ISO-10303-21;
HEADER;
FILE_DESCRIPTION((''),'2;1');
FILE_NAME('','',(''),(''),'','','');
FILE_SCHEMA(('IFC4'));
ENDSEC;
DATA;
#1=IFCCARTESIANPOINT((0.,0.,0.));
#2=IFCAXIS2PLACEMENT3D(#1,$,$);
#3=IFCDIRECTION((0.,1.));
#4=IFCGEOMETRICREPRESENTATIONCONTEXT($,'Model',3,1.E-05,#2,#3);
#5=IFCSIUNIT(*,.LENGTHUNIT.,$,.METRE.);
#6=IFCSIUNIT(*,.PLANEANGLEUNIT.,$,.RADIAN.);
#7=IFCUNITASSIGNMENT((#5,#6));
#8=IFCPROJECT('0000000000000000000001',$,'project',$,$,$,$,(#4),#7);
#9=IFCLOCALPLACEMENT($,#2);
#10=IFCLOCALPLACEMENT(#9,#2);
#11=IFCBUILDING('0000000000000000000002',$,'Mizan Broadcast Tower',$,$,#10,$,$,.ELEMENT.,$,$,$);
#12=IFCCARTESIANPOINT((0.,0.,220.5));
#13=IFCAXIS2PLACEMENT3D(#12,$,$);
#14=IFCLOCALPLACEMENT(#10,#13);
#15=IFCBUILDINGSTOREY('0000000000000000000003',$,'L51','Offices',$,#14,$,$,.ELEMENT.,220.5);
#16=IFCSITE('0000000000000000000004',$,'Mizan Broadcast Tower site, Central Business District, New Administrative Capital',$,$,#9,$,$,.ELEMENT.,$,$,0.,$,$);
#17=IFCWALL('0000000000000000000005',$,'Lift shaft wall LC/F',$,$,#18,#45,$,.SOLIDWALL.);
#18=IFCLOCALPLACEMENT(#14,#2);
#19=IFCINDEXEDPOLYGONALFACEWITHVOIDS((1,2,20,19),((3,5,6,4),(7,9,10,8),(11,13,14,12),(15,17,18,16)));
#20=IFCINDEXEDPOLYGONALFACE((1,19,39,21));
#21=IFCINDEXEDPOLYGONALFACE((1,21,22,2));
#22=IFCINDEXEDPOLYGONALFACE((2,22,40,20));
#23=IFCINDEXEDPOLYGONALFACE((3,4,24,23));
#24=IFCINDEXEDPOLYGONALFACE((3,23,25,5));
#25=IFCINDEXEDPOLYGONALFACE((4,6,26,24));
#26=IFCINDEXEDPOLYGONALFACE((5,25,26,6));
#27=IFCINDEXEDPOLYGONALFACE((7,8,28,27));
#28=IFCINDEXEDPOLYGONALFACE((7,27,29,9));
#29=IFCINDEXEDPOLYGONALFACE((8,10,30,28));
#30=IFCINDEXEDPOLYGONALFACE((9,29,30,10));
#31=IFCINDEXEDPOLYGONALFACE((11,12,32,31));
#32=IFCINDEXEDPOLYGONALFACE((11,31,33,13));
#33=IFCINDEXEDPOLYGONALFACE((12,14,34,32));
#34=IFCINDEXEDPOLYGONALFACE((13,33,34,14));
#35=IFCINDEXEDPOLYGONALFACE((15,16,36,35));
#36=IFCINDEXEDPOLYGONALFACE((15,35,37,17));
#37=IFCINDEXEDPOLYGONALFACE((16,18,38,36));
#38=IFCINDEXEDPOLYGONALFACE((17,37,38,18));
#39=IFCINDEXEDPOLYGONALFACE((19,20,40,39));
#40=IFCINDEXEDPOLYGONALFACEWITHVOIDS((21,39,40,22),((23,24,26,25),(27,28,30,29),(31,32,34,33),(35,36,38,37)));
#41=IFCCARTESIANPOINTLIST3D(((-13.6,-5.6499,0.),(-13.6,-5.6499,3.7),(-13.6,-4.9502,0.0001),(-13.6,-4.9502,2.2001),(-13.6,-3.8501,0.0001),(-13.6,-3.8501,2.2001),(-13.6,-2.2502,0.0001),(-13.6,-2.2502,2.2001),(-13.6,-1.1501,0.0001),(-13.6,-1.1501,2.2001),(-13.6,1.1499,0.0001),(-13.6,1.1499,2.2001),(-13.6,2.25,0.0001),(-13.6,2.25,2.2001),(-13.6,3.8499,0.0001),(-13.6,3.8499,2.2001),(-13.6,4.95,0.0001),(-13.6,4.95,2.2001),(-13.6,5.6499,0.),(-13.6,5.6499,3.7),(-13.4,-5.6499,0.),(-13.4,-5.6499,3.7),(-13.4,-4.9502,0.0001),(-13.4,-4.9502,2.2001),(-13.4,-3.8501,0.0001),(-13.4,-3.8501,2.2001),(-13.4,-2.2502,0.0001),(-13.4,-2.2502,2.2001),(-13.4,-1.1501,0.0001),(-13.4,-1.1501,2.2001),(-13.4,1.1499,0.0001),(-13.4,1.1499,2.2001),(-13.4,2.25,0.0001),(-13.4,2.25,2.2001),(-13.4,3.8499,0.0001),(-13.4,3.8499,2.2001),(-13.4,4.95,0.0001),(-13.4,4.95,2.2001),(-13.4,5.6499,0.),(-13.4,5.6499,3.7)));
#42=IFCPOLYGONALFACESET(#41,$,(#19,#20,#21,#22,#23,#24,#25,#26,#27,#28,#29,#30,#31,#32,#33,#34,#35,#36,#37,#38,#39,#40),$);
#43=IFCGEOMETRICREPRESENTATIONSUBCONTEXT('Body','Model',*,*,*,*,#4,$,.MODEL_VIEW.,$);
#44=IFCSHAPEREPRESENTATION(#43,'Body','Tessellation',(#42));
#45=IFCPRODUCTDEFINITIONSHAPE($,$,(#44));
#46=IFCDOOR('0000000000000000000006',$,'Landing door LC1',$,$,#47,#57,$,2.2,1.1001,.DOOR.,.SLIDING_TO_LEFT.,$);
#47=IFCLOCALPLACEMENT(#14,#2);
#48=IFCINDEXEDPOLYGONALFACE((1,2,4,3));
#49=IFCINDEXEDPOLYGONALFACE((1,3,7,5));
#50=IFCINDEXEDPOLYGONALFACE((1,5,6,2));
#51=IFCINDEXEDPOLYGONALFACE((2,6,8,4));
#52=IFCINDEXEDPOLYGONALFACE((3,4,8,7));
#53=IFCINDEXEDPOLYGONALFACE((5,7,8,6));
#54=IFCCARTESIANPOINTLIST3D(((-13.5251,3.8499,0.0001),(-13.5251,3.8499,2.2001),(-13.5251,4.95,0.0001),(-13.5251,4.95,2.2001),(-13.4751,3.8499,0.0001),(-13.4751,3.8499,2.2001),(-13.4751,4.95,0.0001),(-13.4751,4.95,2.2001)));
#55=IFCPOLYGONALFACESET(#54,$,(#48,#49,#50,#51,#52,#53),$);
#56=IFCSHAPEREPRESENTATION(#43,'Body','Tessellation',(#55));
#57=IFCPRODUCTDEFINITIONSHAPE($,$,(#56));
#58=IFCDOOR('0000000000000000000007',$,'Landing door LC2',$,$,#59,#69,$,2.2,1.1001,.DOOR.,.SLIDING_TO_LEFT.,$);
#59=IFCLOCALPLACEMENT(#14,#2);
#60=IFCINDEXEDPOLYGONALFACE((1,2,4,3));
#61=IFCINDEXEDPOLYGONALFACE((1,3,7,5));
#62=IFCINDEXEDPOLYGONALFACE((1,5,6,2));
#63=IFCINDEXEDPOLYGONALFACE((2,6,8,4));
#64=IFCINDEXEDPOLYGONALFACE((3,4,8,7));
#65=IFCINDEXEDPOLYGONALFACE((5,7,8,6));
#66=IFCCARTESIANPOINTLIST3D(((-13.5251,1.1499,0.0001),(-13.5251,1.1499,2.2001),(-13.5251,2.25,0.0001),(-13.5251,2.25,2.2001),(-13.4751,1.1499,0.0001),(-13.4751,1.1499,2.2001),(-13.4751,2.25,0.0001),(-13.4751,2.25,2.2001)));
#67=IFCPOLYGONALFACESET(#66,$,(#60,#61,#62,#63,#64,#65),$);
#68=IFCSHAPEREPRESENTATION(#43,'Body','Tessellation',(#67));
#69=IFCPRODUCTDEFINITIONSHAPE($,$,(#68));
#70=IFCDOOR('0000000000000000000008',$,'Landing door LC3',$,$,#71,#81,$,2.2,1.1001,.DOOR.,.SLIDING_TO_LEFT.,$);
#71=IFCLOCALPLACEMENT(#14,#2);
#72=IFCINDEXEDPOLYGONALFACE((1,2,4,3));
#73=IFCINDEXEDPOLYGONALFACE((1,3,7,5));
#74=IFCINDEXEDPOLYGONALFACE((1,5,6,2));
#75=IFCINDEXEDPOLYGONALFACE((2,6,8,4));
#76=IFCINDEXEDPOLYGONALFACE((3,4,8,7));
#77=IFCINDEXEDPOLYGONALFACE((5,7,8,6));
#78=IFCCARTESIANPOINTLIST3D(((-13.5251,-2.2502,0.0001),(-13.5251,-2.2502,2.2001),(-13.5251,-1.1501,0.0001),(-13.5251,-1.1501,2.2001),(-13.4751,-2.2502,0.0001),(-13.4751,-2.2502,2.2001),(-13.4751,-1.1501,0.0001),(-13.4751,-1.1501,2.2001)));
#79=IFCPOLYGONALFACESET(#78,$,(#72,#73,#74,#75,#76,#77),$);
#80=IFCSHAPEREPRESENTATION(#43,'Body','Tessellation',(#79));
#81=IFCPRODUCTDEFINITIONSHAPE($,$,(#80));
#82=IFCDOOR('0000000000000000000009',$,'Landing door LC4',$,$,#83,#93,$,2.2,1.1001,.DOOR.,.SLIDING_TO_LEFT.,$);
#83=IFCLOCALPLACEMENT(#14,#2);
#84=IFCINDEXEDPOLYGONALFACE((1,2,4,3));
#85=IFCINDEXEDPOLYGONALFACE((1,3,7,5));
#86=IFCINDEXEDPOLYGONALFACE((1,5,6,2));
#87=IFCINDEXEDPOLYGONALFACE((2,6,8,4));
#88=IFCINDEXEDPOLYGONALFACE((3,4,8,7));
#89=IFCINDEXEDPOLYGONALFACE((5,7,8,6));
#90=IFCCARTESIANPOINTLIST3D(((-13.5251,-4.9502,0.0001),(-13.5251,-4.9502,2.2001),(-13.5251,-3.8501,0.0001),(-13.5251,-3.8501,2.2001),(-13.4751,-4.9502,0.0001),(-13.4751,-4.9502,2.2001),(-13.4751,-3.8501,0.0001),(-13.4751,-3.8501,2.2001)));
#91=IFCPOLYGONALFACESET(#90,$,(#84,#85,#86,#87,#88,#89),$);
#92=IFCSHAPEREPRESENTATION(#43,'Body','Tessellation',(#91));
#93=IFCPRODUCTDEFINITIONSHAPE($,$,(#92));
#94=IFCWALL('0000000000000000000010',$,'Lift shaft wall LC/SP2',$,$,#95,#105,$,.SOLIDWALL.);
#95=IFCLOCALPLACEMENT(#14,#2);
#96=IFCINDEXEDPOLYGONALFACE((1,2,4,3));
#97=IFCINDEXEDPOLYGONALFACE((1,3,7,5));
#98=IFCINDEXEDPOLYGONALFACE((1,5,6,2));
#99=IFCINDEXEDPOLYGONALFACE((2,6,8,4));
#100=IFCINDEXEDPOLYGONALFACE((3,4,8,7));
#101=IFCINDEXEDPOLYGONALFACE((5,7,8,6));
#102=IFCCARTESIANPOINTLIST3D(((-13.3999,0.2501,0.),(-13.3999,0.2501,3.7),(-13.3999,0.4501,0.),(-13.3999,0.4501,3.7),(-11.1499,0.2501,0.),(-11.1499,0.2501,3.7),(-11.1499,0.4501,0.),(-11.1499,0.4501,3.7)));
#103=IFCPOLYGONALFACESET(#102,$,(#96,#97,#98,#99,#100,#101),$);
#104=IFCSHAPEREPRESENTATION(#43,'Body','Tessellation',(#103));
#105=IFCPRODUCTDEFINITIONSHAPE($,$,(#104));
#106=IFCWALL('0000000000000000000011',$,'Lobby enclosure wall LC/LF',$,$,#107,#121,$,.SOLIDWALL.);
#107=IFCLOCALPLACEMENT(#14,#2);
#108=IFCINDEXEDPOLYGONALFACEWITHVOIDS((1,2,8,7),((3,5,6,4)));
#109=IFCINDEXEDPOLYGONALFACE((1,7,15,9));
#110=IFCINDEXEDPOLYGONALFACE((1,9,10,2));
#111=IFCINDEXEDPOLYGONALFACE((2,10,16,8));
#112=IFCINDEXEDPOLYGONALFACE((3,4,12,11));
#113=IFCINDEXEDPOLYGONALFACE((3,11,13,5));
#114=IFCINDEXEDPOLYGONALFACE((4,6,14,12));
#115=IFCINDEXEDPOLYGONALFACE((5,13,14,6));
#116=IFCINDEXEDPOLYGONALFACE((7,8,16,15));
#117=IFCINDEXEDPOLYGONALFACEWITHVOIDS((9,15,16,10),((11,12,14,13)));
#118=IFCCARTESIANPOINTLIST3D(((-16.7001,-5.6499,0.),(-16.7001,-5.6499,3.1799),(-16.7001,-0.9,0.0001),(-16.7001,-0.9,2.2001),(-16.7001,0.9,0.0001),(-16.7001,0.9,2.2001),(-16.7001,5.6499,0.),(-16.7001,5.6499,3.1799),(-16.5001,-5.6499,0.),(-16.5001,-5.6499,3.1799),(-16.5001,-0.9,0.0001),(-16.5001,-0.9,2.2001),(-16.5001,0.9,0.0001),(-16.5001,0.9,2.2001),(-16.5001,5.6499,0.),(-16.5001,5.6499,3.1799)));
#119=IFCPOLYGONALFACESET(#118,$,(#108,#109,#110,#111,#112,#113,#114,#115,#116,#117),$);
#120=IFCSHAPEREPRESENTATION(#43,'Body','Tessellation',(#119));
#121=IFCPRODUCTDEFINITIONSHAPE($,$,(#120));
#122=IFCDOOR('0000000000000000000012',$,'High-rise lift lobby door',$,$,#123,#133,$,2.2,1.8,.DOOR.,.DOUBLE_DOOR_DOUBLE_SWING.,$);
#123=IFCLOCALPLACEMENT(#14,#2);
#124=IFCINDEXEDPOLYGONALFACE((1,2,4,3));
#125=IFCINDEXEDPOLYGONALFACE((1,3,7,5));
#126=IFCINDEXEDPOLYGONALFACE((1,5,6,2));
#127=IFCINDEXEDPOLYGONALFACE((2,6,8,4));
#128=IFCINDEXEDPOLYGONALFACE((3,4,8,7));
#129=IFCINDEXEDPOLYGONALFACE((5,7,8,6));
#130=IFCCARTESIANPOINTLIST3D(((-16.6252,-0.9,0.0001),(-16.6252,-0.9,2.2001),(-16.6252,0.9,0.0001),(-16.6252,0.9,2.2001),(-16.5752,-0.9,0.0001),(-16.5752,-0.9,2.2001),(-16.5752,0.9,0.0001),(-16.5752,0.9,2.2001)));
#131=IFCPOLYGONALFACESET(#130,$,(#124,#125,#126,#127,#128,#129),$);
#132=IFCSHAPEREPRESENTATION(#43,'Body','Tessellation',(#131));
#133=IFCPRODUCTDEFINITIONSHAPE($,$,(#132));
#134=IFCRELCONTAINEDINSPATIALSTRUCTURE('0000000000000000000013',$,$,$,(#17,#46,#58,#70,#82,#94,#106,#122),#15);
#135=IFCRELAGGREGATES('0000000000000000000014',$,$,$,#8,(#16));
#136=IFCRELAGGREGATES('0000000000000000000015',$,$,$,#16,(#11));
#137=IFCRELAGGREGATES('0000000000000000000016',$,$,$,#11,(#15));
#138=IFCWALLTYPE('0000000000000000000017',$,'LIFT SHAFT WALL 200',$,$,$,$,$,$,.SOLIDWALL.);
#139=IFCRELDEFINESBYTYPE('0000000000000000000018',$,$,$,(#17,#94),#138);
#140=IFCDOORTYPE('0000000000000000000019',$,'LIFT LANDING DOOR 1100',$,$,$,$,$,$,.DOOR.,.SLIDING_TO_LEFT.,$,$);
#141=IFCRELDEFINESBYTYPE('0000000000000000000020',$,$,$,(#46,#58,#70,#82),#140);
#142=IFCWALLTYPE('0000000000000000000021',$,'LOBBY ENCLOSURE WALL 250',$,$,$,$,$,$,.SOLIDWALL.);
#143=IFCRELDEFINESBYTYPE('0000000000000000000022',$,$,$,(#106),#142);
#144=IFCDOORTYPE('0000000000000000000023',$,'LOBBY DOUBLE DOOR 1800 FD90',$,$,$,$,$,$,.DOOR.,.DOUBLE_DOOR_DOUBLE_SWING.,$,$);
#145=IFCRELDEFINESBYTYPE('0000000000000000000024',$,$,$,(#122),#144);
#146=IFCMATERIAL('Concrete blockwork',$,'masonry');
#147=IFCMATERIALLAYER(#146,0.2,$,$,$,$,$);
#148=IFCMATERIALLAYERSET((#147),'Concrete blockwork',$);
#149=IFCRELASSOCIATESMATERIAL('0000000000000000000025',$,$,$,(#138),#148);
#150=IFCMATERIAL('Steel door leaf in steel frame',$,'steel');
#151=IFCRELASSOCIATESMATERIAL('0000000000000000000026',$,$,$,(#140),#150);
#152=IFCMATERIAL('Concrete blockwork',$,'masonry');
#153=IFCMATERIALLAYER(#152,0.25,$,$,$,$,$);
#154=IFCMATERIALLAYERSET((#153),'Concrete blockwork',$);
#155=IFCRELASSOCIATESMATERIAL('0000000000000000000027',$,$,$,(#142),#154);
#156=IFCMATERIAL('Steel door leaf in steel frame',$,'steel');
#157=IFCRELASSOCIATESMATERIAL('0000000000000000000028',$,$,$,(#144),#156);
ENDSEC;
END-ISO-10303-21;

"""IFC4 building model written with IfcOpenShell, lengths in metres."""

from ifc_helpers import new_model, si_unit, direction, frame, frame_2d, origin, place, context, subcontext, project, spatial, rectangle, extrude, material, layer, layer_set, type_object, element, fill, save


model = new_model("IFC4")

# Units and contexts
model_context = context("Model", 3, precision=1e-05, world=origin(), true_north=direction((0.0, 1.0)))
body_context = subcontext(model_context, "Body", "Model", "MODEL_VIEW")
ifc_project = project(units=[si_unit("LENGTHUNIT", "METRE"), si_unit("PLANEANGLEUNIT", "RADIAN")], contexts=[model_context])

# Site, building, storey
site_placement = place(None, origin())
site = spatial("IfcSite", under=ifc_project, at=site_placement, Name="Mizan Broadcast Tower site, Central Business District, New Administrative Capital", CompositionType="ELEMENT", RefElevation=0.0)
building_placement = place(site_placement, origin())
building = spatial("IfcBuilding", under=site, at=building_placement, Name="Mizan Broadcast Tower", CompositionType="ELEMENT")
storey_placement = place(building_placement, frame((0.0, 0.0, 220.5)))
storey = spatial("IfcBuildingStorey", under=building, at=storey_placement, Name="L51", Description="Offices", CompositionType="ELEMENT", Elevation=220.5)

# Wall, openings, doors
ifc_material_1 = material(Name="Concrete blockwork", Category="masonry")
ifc_layer_1 = layer(ifc_material_1, 0.2)
ifc_layer_set_1 = layer_set([ifc_layer_1], Name="Concrete blockwork")
wall_type_1 = type_object("IfcWallType", Name="LIFT SHAFT WALL 200", PredefinedType="SOLIDWALL", material=ifc_layer_set_1)
wall_1_placement = place(storey_placement, frame((-13.5, 5.6499, 0.0), z_axis=(0.0, 0.0, 1.0), x_axis=(0.0, -1.0, 0.0)))
wall_1 = element("IfcWall", 1, at=wall_1_placement, inside=storey, type_object=wall_type_1, Name="Lift shaft wall LC/F", PredefinedType="SOLIDWALL", context=body_context, shape_type="SweptSolid", body=[
    extrude(rectangle(XDim=11.2998, YDim=0.2, at=frame_2d((5.6499, 0.0))), origin(), (0.0, 0.0, 1.0), 3.7),
])
opening_1_placement = place(wall_1_placement, frame((0.7, 0.0, 0.0)))
opening_1 = element("IfcOpeningElement", 2, at=opening_1_placement, cuts=wall_1, PredefinedType="OPENING", context=body_context, shape_type="SweptSolid", body=[
    extrude(rectangle(XDim=1.1001, YDim=2.2, at=frame_2d((0.55, 1.1001))), frame((0.0, 0.1099, 0.0), z_axis=(0.0, -1.0, 0.0), x_axis=(1.0, 0.0, 0.0)), (0.0, 0.0, 1.0), 0.22),
])
opening_2_placement = place(wall_1_placement, frame((3.3999, 0.0, 0.0)))
opening_2 = element("IfcOpeningElement", 3, at=opening_2_placement, cuts=wall_1, PredefinedType="OPENING", context=body_context, shape_type="SweptSolid", body=[
    extrude(rectangle(XDim=1.1001, YDim=2.2, at=frame_2d((0.55, 1.1001))), frame((0.0, 0.1099, 0.0), z_axis=(0.0, -1.0, 0.0), x_axis=(1.0, 0.0, 0.0)), (0.0, 0.0, 1.0), 0.22),
])
opening_3_placement = place(wall_1_placement, frame((6.8, 0.0, 0.0)))
opening_3 = element("IfcOpeningElement", 4, at=opening_3_placement, cuts=wall_1, PredefinedType="OPENING", context=body_context, shape_type="SweptSolid", body=[
    extrude(rectangle(XDim=1.1001, YDim=2.2, at=frame_2d((0.55, 1.1001))), frame((0.0, 0.1099, 0.0), z_axis=(0.0, -1.0, 0.0), x_axis=(1.0, 0.0, 0.0)), (0.0, 0.0, 1.0), 0.22),
])
opening_4_placement = place(wall_1_placement, frame((9.5, 0.0, 0.0)))
opening_4 = element("IfcOpeningElement", 5, at=opening_4_placement, cuts=wall_1, PredefinedType="OPENING", context=body_context, shape_type="SweptSolid", body=[
    extrude(rectangle(XDim=1.1001, YDim=2.2, at=frame_2d((0.55, 1.1001))), frame((0.0, 0.1099, 0.0), z_axis=(0.0, -1.0, 0.0), x_axis=(1.0, 0.0, 0.0)), (0.0, 0.0, 1.0), 0.22),
])
ifc_material_2 = material(Name="Steel door leaf in steel frame", Category="steel")
door_type_1 = type_object("IfcDoorType", Name="LIFT LANDING DOOR 1100", OperationType="SLIDING_TO_LEFT", PredefinedType="DOOR", material=ifc_material_2)
door_1_placement = place(opening_1_placement, origin())
door_1 = element("IfcDoor", 6, at=door_1_placement, inside=storey, type_object=door_type_1, Name="Landing door LC1", OperationType="SLIDING_TO_LEFT", OverallHeight=2.2, OverallWidth=1.1001, PredefinedType="DOOR", context=body_context, shape_type="SweptSolid", body=[
    extrude(rectangle(XDim=1.1001, YDim=2.2, at=frame_2d((0.55, 1.1001))), frame((0.0, 0.0249, 0.0), z_axis=(0.0, -1.0, 0.0), x_axis=(1.0, 0.0, 0.0)), (0.0, 0.0, 1.0), 0.05),
])
fill(opening_1, door_1)
door_2_placement = place(opening_2_placement, origin())
door_2 = element("IfcDoor", 7, at=door_2_placement, inside=storey, type_object=door_type_1, Name="Landing door LC2", OperationType="SLIDING_TO_LEFT", OverallHeight=2.2, OverallWidth=1.1001, PredefinedType="DOOR", context=body_context, shape_type="SweptSolid", body=[
    extrude(rectangle(XDim=1.1001, YDim=2.2, at=frame_2d((0.55, 1.1001))), frame((0.0, 0.0249, 0.0), z_axis=(0.0, -1.0, 0.0), x_axis=(1.0, 0.0, 0.0)), (0.0, 0.0, 1.0), 0.05),
])
fill(opening_2, door_2)
door_3_placement = place(opening_3_placement, origin())
door_3 = element("IfcDoor", 8, at=door_3_placement, inside=storey, type_object=door_type_1, Name="Landing door LC3", OperationType="SLIDING_TO_LEFT", OverallHeight=2.2, OverallWidth=1.1001, PredefinedType="DOOR", context=body_context, shape_type="SweptSolid", body=[
    extrude(rectangle(XDim=1.1001, YDim=2.2, at=frame_2d((0.55, 1.1001))), frame((0.0, 0.0249, 0.0), z_axis=(0.0, -1.0, 0.0), x_axis=(1.0, 0.0, 0.0)), (0.0, 0.0, 1.0), 0.05),
])
fill(opening_3, door_3)
door_4_placement = place(opening_4_placement, origin())
door_4 = element("IfcDoor", 9, at=door_4_placement, inside=storey, type_object=door_type_1, Name="Landing door LC4", OperationType="SLIDING_TO_LEFT", OverallHeight=2.2, OverallWidth=1.1001, PredefinedType="DOOR", context=body_context, shape_type="SweptSolid", body=[
    extrude(rectangle(XDim=1.1001, YDim=2.2, at=frame_2d((0.55, 1.1001))), frame((0.0, 0.0249, 0.0), z_axis=(0.0, -1.0, 0.0), x_axis=(1.0, 0.0, 0.0)), (0.0, 0.0, 1.0), 0.05),
])
fill(opening_4, door_4)

# Wall
wall_2_placement = place(storey_placement, frame((-11.1499, 0.3501, 0.0), z_axis=(0.0, 0.0, 1.0), x_axis=(-1.0, 0.0, 0.0)))
element("IfcWall", 10, at=wall_2_placement, inside=storey, type_object=wall_type_1, Name="Lift shaft wall LC/SP2", PredefinedType="SOLIDWALL", context=body_context, shape_type="SweptSolid", body=[
    extrude(rectangle(XDim=2.25, YDim=0.2, at=frame_2d((1.125, 0.0))), origin(), (0.0, 0.0, 1.0), 3.7),
])

# Wall, opening, door
ifc_material_3 = material(Name="Concrete blockwork", Category="masonry")
ifc_layer_2 = layer(ifc_material_3, 0.25)
ifc_layer_set_2 = layer_set([ifc_layer_2], Name="Concrete blockwork")
wall_type_2 = type_object("IfcWallType", Name="LOBBY ENCLOSURE WALL 250", PredefinedType="SOLIDWALL", material=ifc_layer_set_2)
wall_3_placement = place(storey_placement, frame((-16.6001, 5.6499, 0.0), z_axis=(0.0, 0.0, 1.0), x_axis=(0.0, -1.0, 0.0)))
wall_3 = element("IfcWall", 11, at=wall_3_placement, inside=storey, type_object=wall_type_2, Name="Lobby enclosure wall LC/LF", PredefinedType="SOLIDWALL", context=body_context, shape_type="SweptSolid", body=[
    extrude(rectangle(XDim=11.2998, YDim=0.2, at=frame_2d((5.6499, 0.0))), origin(), (0.0, 0.0, 1.0), 3.1799),
])
opening_5_placement = place(wall_3_placement, frame((4.75, 0.0, 0.0)))
opening_5 = element("IfcOpeningElement", 12, at=opening_5_placement, cuts=wall_3, PredefinedType="OPENING", context=body_context, shape_type="SweptSolid", body=[
    extrude(rectangle(XDim=1.8, YDim=2.2, at=frame_2d((0.8999, 1.1001))), frame((0.0, 0.1099, 0.0), z_axis=(0.0, -1.0, 0.0), x_axis=(1.0, 0.0, 0.0)), (0.0, 0.0, 1.0), 0.22),
])
ifc_material_4 = material(Name="Steel door leaf in steel frame", Category="steel")
door_type_2 = type_object("IfcDoorType", Name="LOBBY DOUBLE DOOR 1800 FD90", OperationType="DOUBLE_DOOR_DOUBLE_SWING", PredefinedType="DOOR", material=ifc_material_4)
door_5_placement = place(opening_5_placement, origin())
door_5 = element("IfcDoor", 13, at=door_5_placement, inside=storey, type_object=door_type_2, Name="High-rise lift lobby door", OperationType="DOUBLE_DOOR_DOUBLE_SWING", OverallHeight=2.2, OverallWidth=1.8, PredefinedType="DOOR", context=body_context, shape_type="SweptSolid", body=[
    extrude(rectangle(XDim=1.8, YDim=2.2, at=frame_2d((0.8999, 1.1001))), frame((0.0, 0.0249, 0.0), z_axis=(0.0, -1.0, 0.0), x_axis=(1.0, 0.0, 0.0)), (0.0, 0.0, 1.0), 0.05),
])
fill(opening_5, door_5)

save(model, "model.ifc")
